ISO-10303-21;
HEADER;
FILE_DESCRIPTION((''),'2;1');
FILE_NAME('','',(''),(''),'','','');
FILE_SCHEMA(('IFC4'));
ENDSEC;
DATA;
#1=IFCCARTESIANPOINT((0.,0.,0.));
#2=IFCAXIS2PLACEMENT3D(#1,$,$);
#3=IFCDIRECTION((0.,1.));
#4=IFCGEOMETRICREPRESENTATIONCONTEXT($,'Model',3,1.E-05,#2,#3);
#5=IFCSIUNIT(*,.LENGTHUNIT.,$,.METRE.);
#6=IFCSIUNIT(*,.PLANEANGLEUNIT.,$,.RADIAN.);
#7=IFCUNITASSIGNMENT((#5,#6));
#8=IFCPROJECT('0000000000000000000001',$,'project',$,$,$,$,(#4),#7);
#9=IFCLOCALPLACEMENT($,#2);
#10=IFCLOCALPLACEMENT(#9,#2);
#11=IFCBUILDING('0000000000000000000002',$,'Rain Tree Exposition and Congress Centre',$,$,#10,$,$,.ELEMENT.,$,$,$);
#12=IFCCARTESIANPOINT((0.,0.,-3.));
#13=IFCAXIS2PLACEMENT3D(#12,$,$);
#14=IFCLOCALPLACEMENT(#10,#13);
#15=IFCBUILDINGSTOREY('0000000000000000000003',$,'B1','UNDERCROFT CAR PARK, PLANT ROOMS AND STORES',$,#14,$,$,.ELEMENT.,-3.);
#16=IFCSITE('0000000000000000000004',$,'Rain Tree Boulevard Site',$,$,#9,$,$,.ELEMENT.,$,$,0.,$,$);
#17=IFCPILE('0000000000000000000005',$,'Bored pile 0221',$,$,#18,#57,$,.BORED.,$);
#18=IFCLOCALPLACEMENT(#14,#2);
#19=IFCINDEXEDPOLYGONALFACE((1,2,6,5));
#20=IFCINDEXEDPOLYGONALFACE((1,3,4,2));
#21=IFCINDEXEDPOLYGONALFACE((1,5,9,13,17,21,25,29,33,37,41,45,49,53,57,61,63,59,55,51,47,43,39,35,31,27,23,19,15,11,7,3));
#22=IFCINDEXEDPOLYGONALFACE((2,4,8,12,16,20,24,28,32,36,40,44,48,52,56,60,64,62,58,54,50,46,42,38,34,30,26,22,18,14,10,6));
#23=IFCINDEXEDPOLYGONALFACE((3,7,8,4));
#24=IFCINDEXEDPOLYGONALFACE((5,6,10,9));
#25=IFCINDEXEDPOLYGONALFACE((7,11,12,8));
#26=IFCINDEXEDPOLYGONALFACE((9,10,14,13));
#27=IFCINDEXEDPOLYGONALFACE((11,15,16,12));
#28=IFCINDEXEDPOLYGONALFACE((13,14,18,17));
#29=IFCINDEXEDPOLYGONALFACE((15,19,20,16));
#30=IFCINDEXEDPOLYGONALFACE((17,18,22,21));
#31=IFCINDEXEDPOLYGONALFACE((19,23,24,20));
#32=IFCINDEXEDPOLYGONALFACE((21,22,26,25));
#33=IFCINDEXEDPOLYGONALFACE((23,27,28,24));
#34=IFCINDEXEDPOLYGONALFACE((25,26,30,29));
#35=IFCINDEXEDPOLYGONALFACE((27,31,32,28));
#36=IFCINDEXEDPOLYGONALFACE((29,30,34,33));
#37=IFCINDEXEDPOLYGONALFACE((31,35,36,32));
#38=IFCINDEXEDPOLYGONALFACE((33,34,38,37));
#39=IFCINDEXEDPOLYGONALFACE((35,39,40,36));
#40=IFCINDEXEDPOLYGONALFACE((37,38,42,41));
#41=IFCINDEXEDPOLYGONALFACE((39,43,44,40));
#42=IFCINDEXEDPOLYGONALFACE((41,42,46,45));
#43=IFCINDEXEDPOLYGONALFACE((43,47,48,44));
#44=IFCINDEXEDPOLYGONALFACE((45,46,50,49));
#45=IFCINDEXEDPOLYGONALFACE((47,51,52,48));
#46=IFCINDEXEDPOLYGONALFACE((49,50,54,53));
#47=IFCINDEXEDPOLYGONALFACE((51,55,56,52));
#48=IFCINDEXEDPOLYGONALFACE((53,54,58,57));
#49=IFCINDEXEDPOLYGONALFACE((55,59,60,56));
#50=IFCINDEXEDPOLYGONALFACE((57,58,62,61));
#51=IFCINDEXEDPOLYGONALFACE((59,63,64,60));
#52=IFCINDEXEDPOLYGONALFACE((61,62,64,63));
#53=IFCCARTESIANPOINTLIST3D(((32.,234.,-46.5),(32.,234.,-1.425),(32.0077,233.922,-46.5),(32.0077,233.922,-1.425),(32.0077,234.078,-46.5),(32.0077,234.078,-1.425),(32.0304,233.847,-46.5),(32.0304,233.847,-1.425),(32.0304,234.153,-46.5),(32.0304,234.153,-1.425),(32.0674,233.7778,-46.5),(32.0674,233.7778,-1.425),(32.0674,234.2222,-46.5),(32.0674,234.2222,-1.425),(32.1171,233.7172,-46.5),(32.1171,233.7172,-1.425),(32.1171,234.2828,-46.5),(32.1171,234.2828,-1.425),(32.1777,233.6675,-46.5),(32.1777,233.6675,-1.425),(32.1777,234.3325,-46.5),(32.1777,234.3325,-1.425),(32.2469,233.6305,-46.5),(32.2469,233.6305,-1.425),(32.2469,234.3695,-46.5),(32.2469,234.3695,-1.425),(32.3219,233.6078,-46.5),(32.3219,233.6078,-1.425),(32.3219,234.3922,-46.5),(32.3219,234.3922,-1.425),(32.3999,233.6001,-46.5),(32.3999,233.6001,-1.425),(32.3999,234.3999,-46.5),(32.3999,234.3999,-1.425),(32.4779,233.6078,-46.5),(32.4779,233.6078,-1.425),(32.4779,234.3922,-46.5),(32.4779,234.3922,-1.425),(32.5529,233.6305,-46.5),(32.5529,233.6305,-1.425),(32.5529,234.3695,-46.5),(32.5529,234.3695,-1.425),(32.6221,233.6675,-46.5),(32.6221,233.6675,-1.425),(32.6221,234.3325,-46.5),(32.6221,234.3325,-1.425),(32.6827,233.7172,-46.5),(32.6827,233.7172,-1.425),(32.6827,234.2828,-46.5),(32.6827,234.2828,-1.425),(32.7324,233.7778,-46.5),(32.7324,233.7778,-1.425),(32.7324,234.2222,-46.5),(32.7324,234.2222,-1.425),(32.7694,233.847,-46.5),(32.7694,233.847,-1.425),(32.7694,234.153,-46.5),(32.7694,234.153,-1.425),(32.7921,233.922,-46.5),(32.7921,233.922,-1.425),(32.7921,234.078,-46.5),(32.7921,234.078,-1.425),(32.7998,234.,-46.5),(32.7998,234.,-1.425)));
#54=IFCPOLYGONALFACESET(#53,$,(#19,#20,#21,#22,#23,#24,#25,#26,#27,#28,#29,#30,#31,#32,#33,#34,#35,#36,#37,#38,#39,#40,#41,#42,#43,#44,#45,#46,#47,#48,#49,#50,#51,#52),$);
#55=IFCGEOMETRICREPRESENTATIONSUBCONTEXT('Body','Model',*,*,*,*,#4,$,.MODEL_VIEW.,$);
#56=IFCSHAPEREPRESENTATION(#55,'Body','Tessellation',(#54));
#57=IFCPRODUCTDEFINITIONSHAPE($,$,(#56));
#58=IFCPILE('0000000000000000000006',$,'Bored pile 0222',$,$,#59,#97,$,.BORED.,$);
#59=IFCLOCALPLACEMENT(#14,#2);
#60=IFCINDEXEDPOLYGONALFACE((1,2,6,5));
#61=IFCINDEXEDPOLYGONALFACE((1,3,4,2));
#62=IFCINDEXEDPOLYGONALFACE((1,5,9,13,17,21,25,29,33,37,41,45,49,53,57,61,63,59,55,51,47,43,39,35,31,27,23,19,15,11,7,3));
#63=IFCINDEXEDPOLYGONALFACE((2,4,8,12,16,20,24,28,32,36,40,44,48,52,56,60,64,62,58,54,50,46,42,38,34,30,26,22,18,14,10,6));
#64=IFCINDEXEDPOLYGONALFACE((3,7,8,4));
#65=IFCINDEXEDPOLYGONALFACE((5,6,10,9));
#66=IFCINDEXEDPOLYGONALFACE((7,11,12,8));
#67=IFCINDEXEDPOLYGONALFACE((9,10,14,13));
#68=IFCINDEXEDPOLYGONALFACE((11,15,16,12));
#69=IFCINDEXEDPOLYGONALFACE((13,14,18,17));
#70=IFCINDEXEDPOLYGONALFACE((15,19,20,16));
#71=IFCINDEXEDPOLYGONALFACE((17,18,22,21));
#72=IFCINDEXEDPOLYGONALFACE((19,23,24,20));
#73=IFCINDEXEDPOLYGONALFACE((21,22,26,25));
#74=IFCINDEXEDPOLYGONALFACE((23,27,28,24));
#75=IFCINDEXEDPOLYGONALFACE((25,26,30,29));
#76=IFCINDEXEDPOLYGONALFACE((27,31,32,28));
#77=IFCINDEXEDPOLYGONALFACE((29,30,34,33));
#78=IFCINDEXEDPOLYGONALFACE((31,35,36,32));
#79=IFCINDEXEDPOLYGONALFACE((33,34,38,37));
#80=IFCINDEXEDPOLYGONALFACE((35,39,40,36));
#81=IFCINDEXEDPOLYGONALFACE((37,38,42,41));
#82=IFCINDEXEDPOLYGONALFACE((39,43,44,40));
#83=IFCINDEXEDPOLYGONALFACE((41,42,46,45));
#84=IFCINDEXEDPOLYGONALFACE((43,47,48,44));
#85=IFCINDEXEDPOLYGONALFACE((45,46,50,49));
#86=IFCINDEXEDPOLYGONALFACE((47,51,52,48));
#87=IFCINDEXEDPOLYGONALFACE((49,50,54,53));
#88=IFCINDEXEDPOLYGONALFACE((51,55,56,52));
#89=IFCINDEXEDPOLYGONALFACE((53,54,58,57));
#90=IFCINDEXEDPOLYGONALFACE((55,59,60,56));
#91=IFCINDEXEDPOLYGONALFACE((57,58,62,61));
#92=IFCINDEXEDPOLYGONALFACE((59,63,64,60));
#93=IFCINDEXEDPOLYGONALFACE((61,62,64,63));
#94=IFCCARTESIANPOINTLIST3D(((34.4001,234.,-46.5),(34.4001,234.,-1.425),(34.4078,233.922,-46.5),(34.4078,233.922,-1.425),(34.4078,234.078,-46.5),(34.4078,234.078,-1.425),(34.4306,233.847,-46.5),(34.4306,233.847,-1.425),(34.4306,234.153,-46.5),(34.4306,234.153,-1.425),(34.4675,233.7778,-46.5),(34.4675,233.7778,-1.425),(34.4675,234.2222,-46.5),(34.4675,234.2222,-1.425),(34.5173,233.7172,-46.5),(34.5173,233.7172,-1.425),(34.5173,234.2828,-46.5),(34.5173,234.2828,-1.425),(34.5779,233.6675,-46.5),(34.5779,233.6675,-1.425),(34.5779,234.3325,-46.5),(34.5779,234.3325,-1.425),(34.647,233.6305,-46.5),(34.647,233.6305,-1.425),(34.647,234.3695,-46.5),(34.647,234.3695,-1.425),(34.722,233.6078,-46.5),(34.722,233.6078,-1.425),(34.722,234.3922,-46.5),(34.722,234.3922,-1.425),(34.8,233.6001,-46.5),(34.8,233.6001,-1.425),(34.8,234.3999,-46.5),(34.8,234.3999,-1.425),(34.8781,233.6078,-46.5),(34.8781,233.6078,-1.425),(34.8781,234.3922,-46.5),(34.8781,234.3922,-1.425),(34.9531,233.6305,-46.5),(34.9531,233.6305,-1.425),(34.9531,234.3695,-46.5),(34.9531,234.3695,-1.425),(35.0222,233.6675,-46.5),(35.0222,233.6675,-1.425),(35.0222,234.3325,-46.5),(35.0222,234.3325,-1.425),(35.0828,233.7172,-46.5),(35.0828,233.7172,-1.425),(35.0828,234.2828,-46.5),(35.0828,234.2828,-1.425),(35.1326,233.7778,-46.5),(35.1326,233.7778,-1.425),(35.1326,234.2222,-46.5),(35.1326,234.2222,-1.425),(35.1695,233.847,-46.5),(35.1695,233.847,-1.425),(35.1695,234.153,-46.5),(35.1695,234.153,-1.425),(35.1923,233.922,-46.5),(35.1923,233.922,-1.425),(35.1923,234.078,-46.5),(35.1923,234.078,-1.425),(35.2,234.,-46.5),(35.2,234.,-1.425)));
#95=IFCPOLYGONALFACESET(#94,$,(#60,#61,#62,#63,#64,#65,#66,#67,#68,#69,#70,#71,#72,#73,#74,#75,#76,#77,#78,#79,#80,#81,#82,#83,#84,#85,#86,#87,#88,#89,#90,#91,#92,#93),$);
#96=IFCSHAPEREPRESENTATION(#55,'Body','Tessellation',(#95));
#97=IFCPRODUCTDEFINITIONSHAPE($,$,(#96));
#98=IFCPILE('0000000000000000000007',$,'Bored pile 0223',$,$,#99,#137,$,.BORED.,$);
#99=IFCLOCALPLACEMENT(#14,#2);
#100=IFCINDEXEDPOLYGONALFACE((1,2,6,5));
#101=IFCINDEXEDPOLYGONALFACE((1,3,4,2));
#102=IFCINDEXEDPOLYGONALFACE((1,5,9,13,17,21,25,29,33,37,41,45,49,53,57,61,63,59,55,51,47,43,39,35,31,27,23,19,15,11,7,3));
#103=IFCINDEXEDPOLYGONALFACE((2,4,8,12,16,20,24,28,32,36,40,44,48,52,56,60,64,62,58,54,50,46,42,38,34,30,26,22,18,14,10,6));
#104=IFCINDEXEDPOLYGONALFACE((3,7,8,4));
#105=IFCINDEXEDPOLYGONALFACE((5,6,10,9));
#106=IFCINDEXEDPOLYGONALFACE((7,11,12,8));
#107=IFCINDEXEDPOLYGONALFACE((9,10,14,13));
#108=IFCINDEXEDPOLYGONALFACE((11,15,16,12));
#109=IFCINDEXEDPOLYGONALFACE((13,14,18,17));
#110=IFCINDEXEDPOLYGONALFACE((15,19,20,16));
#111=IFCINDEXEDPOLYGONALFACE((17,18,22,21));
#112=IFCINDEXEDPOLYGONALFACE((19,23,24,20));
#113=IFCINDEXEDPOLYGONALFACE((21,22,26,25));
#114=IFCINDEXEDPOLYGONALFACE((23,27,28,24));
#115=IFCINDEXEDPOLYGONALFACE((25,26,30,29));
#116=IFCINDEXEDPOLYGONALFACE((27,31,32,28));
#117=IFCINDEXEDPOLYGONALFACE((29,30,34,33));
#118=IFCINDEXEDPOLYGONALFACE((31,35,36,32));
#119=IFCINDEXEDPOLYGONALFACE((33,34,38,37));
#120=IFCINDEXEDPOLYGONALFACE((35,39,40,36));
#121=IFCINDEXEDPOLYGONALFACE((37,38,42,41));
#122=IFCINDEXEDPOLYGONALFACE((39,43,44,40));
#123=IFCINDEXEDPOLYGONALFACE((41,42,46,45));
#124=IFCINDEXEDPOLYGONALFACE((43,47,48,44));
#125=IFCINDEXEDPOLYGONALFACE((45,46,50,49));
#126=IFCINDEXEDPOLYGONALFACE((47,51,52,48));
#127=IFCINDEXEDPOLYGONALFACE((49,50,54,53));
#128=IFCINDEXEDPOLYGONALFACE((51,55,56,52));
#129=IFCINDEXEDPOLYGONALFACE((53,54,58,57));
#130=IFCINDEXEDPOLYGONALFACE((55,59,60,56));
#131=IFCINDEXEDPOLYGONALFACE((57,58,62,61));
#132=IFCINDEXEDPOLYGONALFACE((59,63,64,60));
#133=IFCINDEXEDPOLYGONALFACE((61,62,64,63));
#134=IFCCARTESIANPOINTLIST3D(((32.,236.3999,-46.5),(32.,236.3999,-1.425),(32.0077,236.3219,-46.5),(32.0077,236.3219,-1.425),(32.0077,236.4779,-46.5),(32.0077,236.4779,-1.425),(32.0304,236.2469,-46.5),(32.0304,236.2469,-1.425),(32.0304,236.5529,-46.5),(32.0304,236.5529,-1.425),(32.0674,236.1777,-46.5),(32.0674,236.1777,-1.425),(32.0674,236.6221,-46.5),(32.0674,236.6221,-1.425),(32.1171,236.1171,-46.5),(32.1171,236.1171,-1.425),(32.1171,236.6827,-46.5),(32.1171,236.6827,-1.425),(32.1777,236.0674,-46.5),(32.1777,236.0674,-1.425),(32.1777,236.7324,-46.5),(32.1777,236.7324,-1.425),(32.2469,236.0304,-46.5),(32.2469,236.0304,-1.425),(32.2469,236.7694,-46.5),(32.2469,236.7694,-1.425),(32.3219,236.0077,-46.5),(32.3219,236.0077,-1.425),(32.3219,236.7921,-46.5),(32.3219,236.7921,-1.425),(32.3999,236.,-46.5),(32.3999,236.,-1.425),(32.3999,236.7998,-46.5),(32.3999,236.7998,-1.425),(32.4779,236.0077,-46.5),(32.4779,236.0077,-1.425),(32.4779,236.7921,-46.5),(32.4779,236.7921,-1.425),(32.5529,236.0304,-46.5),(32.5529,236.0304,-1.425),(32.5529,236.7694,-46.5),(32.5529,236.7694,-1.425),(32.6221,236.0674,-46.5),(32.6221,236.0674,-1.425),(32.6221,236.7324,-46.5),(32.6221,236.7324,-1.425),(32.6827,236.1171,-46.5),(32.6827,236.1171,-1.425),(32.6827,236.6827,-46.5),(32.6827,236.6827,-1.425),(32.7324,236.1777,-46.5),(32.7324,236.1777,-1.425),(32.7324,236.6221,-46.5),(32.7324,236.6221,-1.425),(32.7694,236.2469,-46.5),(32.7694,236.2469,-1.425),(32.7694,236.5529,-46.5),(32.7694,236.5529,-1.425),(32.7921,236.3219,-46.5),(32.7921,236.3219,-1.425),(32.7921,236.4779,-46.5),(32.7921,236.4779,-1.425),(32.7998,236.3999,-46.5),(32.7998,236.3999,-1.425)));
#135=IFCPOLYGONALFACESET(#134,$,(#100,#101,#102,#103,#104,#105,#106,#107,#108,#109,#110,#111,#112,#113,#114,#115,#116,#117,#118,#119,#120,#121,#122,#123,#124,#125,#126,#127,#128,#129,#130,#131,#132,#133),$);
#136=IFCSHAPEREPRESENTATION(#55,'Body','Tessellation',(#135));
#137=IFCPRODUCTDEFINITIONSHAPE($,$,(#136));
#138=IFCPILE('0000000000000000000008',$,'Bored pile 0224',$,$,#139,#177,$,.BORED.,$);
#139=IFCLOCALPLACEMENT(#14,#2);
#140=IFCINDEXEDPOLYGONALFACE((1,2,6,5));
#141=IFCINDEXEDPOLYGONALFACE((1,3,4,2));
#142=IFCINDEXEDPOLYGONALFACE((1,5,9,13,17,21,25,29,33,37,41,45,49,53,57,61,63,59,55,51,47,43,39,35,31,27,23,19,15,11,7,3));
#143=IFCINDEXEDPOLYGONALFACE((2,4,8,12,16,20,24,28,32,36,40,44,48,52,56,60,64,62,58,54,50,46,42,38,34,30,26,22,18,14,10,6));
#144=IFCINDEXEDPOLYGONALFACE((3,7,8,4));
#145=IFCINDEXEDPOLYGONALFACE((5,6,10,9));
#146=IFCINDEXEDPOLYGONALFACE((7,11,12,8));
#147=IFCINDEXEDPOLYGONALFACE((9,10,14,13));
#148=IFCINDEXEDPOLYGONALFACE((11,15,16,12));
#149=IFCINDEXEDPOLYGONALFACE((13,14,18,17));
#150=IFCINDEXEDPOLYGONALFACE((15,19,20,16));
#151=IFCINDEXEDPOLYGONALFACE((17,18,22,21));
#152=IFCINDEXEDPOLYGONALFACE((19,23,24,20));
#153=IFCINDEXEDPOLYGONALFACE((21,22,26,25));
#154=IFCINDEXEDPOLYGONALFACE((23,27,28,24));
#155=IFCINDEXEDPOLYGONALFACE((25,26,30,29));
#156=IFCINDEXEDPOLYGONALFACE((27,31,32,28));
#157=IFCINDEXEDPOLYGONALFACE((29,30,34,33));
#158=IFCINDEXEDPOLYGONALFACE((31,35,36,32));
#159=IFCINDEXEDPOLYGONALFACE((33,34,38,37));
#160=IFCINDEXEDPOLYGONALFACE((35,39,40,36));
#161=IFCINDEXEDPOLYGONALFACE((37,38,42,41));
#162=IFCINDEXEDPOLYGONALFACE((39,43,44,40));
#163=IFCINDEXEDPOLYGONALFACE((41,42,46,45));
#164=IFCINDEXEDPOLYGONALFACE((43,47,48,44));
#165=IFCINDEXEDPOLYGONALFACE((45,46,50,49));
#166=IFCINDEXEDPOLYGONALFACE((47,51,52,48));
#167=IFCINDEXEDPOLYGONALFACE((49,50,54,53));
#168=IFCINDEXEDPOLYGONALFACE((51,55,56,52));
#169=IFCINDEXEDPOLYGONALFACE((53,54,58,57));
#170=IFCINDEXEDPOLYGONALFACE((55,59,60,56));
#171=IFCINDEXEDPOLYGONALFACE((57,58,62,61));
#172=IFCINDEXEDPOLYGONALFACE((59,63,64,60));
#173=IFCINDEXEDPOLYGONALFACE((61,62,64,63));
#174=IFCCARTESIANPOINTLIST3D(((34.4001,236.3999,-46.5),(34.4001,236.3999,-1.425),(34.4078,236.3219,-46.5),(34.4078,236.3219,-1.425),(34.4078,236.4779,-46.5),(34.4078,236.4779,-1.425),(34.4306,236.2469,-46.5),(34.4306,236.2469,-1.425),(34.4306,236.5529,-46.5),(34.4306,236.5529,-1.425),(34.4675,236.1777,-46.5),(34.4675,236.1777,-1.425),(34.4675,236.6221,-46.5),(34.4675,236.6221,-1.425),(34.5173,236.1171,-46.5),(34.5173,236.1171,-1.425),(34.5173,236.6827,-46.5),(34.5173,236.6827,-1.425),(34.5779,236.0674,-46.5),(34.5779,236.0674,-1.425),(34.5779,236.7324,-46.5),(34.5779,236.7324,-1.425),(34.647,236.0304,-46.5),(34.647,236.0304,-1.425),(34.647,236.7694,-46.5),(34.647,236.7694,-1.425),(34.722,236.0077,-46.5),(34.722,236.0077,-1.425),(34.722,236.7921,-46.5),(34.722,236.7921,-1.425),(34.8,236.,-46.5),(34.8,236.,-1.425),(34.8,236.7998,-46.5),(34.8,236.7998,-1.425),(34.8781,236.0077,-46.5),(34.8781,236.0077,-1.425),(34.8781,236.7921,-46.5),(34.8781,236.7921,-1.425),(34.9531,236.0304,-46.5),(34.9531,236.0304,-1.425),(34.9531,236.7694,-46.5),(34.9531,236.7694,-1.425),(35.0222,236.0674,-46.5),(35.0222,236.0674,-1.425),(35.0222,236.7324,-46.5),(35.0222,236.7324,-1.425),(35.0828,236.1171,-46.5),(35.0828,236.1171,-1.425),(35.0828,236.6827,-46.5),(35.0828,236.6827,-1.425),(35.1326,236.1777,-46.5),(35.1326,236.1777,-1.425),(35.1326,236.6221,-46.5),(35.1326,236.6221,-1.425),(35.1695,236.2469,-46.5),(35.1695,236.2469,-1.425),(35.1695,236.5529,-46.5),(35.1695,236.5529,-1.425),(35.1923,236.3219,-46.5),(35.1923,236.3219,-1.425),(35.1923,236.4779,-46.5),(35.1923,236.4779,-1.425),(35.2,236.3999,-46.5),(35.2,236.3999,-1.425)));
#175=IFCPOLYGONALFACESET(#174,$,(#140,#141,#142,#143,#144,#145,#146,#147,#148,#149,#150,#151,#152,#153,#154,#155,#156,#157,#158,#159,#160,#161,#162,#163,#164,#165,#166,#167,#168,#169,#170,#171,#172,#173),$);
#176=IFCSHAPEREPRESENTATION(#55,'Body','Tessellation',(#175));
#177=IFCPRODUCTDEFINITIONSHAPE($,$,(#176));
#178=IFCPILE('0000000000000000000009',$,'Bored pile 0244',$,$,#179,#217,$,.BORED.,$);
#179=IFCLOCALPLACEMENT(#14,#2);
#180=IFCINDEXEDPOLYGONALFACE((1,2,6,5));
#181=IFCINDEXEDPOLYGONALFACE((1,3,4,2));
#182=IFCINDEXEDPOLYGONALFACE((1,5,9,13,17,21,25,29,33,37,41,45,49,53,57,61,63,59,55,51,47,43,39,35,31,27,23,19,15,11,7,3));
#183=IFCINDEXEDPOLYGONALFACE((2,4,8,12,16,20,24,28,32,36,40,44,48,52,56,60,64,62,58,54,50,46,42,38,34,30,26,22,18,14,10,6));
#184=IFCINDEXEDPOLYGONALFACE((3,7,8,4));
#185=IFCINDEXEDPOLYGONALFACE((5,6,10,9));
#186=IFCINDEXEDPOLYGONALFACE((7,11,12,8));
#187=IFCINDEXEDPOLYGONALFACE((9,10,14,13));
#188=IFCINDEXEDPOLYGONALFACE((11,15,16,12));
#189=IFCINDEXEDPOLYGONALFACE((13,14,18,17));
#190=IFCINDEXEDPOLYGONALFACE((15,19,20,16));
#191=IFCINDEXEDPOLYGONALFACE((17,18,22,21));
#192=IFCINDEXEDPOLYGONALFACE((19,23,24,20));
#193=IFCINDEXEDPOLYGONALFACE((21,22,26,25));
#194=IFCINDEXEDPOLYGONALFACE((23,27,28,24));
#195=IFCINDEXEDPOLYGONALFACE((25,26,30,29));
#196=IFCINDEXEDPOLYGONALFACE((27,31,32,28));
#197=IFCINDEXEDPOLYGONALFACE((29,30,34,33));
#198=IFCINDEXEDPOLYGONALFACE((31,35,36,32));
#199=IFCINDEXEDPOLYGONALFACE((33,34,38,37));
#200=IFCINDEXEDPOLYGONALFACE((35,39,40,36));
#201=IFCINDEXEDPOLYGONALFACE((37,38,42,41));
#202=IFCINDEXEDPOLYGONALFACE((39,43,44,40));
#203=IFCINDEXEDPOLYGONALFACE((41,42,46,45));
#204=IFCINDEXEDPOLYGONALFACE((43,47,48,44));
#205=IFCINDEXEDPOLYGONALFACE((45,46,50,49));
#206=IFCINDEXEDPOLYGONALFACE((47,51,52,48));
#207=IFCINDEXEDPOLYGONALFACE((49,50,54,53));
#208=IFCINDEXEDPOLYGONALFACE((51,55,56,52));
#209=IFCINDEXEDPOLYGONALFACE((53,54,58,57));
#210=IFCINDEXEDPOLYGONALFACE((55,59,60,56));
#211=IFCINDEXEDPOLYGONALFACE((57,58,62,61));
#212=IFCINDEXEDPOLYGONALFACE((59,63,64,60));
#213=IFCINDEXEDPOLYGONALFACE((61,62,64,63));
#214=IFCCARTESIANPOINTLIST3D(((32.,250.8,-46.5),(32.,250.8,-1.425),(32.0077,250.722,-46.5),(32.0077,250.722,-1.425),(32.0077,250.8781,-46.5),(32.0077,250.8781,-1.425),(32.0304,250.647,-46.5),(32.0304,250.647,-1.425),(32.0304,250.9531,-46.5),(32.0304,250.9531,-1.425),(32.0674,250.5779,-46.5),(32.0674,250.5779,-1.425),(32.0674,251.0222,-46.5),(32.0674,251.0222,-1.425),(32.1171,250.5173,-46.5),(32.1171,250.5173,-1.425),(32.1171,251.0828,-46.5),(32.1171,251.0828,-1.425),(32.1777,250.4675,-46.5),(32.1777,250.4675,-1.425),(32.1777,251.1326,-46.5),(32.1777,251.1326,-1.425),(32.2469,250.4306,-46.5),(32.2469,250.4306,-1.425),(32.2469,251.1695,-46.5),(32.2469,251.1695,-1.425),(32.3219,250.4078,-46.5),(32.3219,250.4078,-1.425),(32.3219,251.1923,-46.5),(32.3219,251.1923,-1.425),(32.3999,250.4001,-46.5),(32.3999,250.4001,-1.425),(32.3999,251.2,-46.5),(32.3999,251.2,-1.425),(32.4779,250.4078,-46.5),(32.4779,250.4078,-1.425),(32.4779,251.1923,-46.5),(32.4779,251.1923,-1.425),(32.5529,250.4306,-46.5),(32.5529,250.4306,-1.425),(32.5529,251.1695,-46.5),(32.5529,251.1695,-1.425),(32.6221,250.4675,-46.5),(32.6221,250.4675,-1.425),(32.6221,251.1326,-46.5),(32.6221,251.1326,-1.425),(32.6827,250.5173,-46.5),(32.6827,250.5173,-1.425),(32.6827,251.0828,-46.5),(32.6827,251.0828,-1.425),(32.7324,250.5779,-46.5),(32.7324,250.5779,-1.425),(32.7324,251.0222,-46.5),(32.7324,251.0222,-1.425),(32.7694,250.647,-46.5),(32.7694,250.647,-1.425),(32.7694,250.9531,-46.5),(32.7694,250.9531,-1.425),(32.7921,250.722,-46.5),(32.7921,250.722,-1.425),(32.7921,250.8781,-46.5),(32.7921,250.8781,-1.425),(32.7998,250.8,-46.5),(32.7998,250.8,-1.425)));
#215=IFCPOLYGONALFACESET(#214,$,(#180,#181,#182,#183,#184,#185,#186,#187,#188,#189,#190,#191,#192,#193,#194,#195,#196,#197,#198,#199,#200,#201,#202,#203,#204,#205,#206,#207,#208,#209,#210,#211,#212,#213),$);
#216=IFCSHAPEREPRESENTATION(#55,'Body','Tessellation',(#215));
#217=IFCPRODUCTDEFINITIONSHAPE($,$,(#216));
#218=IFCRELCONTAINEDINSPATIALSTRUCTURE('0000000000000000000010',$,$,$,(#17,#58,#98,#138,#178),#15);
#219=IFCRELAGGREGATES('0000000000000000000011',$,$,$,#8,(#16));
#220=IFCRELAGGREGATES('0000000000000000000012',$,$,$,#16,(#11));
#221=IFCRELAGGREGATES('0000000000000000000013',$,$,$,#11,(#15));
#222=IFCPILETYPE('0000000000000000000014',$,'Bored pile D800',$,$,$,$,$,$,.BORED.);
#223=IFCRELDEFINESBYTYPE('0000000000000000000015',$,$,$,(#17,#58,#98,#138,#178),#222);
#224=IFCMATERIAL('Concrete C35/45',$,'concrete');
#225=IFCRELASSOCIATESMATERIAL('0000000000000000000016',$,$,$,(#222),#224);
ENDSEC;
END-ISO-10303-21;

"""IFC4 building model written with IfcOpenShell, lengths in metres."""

from ifc_helpers import new_model, si_unit, direction, frame, origin, origin_2d, place, context, subcontext, project, spatial, circle, extrude, material, material_profile, profile_set, type_object, element, save


model = new_model("IFC4")

# Units and contexts
model_context = context("Model", 3, precision=1e-05, world=origin(), true_north=direction((0.0, 1.0)))
body_context = subcontext(model_context, "Body", "Model", "MODEL_VIEW")
ifc_project = project(units=[si_unit("LENGTHUNIT", "METRE"), si_unit("PLANEANGLEUNIT", "RADIAN")], contexts=[model_context])

# Site, building, storey
site_placement = place(None, origin())
site = spatial("IfcSite", under=ifc_project, at=site_placement, Name="Rain Tree Boulevard Site", CompositionType="ELEMENT", RefElevation=0.0)
building_placement = place(site_placement, origin())
building = spatial("IfcBuilding", under=site, at=building_placement, Name="Rain Tree Exposition and Congress Centre", CompositionType="ELEMENT")
storey_placement = place(building_placement, frame((0.0, 0.0, -3.0)))
storey = spatial("IfcBuildingStorey", under=building, at=storey_placement, Name="B1", Description="UNDERCROFT CAR PARK, PLANT ROOMS AND STORES", CompositionType="ELEMENT", Elevation=-3.0)

# Piles
ifc_material_1 = material(Name="Concrete C35/45", Category="concrete")
ifc_material_profile_1 = material_profile(ifc_material_1, circle(Radius=0.3999, at=origin_2d()), Name="D800")
ifc_profile_set_1 = profile_set([ifc_material_profile_1], Name="Concrete C35/45")
pile_type_1 = type_object("IfcPileType", Name="Bored pile D800", PredefinedType="BORED", material=ifc_profile_set_1)
for number, where, z_axis, x_axis, name in (
    (1, (32.3999, 234.0, -1.425), (0.0, 0.0, -1.0), (1.0, 0.0, 0.0), "Bored pile 0221"),
    (2, (34.8, 234.0, -1.425), (0.0, 0.0, -1.0), (1.0, 0.0, 0.0), "Bored pile 0222"),
    (3, (32.3999, 236.3999, -1.425), (0.0, 0.0, -1.0), (1.0, 0.0, 0.0), "Bored pile 0223"),
    (4, (34.8, 236.3999, -1.425), (0.0, 0.0, -1.0), (1.0, 0.0, 0.0), "Bored pile 0224"),
    (5, (32.3999, 250.8, -1.425), (0.0, 0.0, -1.0), (1.0, 0.0, 0.0), "Bored pile 0244"),
):
    element("IfcPile", number, at=place(storey_placement, frame(where, z_axis=z_axis, x_axis=x_axis)), inside=storey, type_object=pile_type_1, Name=name, PredefinedType="BORED", context=body_context, shape_type="SweptSolid", body=[
        extrude(circle(Radius=0.3999, at=origin_2d()), origin(), (0.0, 0.0, 1.0), 45.075),
    ])

save(model, "model.ifc")
